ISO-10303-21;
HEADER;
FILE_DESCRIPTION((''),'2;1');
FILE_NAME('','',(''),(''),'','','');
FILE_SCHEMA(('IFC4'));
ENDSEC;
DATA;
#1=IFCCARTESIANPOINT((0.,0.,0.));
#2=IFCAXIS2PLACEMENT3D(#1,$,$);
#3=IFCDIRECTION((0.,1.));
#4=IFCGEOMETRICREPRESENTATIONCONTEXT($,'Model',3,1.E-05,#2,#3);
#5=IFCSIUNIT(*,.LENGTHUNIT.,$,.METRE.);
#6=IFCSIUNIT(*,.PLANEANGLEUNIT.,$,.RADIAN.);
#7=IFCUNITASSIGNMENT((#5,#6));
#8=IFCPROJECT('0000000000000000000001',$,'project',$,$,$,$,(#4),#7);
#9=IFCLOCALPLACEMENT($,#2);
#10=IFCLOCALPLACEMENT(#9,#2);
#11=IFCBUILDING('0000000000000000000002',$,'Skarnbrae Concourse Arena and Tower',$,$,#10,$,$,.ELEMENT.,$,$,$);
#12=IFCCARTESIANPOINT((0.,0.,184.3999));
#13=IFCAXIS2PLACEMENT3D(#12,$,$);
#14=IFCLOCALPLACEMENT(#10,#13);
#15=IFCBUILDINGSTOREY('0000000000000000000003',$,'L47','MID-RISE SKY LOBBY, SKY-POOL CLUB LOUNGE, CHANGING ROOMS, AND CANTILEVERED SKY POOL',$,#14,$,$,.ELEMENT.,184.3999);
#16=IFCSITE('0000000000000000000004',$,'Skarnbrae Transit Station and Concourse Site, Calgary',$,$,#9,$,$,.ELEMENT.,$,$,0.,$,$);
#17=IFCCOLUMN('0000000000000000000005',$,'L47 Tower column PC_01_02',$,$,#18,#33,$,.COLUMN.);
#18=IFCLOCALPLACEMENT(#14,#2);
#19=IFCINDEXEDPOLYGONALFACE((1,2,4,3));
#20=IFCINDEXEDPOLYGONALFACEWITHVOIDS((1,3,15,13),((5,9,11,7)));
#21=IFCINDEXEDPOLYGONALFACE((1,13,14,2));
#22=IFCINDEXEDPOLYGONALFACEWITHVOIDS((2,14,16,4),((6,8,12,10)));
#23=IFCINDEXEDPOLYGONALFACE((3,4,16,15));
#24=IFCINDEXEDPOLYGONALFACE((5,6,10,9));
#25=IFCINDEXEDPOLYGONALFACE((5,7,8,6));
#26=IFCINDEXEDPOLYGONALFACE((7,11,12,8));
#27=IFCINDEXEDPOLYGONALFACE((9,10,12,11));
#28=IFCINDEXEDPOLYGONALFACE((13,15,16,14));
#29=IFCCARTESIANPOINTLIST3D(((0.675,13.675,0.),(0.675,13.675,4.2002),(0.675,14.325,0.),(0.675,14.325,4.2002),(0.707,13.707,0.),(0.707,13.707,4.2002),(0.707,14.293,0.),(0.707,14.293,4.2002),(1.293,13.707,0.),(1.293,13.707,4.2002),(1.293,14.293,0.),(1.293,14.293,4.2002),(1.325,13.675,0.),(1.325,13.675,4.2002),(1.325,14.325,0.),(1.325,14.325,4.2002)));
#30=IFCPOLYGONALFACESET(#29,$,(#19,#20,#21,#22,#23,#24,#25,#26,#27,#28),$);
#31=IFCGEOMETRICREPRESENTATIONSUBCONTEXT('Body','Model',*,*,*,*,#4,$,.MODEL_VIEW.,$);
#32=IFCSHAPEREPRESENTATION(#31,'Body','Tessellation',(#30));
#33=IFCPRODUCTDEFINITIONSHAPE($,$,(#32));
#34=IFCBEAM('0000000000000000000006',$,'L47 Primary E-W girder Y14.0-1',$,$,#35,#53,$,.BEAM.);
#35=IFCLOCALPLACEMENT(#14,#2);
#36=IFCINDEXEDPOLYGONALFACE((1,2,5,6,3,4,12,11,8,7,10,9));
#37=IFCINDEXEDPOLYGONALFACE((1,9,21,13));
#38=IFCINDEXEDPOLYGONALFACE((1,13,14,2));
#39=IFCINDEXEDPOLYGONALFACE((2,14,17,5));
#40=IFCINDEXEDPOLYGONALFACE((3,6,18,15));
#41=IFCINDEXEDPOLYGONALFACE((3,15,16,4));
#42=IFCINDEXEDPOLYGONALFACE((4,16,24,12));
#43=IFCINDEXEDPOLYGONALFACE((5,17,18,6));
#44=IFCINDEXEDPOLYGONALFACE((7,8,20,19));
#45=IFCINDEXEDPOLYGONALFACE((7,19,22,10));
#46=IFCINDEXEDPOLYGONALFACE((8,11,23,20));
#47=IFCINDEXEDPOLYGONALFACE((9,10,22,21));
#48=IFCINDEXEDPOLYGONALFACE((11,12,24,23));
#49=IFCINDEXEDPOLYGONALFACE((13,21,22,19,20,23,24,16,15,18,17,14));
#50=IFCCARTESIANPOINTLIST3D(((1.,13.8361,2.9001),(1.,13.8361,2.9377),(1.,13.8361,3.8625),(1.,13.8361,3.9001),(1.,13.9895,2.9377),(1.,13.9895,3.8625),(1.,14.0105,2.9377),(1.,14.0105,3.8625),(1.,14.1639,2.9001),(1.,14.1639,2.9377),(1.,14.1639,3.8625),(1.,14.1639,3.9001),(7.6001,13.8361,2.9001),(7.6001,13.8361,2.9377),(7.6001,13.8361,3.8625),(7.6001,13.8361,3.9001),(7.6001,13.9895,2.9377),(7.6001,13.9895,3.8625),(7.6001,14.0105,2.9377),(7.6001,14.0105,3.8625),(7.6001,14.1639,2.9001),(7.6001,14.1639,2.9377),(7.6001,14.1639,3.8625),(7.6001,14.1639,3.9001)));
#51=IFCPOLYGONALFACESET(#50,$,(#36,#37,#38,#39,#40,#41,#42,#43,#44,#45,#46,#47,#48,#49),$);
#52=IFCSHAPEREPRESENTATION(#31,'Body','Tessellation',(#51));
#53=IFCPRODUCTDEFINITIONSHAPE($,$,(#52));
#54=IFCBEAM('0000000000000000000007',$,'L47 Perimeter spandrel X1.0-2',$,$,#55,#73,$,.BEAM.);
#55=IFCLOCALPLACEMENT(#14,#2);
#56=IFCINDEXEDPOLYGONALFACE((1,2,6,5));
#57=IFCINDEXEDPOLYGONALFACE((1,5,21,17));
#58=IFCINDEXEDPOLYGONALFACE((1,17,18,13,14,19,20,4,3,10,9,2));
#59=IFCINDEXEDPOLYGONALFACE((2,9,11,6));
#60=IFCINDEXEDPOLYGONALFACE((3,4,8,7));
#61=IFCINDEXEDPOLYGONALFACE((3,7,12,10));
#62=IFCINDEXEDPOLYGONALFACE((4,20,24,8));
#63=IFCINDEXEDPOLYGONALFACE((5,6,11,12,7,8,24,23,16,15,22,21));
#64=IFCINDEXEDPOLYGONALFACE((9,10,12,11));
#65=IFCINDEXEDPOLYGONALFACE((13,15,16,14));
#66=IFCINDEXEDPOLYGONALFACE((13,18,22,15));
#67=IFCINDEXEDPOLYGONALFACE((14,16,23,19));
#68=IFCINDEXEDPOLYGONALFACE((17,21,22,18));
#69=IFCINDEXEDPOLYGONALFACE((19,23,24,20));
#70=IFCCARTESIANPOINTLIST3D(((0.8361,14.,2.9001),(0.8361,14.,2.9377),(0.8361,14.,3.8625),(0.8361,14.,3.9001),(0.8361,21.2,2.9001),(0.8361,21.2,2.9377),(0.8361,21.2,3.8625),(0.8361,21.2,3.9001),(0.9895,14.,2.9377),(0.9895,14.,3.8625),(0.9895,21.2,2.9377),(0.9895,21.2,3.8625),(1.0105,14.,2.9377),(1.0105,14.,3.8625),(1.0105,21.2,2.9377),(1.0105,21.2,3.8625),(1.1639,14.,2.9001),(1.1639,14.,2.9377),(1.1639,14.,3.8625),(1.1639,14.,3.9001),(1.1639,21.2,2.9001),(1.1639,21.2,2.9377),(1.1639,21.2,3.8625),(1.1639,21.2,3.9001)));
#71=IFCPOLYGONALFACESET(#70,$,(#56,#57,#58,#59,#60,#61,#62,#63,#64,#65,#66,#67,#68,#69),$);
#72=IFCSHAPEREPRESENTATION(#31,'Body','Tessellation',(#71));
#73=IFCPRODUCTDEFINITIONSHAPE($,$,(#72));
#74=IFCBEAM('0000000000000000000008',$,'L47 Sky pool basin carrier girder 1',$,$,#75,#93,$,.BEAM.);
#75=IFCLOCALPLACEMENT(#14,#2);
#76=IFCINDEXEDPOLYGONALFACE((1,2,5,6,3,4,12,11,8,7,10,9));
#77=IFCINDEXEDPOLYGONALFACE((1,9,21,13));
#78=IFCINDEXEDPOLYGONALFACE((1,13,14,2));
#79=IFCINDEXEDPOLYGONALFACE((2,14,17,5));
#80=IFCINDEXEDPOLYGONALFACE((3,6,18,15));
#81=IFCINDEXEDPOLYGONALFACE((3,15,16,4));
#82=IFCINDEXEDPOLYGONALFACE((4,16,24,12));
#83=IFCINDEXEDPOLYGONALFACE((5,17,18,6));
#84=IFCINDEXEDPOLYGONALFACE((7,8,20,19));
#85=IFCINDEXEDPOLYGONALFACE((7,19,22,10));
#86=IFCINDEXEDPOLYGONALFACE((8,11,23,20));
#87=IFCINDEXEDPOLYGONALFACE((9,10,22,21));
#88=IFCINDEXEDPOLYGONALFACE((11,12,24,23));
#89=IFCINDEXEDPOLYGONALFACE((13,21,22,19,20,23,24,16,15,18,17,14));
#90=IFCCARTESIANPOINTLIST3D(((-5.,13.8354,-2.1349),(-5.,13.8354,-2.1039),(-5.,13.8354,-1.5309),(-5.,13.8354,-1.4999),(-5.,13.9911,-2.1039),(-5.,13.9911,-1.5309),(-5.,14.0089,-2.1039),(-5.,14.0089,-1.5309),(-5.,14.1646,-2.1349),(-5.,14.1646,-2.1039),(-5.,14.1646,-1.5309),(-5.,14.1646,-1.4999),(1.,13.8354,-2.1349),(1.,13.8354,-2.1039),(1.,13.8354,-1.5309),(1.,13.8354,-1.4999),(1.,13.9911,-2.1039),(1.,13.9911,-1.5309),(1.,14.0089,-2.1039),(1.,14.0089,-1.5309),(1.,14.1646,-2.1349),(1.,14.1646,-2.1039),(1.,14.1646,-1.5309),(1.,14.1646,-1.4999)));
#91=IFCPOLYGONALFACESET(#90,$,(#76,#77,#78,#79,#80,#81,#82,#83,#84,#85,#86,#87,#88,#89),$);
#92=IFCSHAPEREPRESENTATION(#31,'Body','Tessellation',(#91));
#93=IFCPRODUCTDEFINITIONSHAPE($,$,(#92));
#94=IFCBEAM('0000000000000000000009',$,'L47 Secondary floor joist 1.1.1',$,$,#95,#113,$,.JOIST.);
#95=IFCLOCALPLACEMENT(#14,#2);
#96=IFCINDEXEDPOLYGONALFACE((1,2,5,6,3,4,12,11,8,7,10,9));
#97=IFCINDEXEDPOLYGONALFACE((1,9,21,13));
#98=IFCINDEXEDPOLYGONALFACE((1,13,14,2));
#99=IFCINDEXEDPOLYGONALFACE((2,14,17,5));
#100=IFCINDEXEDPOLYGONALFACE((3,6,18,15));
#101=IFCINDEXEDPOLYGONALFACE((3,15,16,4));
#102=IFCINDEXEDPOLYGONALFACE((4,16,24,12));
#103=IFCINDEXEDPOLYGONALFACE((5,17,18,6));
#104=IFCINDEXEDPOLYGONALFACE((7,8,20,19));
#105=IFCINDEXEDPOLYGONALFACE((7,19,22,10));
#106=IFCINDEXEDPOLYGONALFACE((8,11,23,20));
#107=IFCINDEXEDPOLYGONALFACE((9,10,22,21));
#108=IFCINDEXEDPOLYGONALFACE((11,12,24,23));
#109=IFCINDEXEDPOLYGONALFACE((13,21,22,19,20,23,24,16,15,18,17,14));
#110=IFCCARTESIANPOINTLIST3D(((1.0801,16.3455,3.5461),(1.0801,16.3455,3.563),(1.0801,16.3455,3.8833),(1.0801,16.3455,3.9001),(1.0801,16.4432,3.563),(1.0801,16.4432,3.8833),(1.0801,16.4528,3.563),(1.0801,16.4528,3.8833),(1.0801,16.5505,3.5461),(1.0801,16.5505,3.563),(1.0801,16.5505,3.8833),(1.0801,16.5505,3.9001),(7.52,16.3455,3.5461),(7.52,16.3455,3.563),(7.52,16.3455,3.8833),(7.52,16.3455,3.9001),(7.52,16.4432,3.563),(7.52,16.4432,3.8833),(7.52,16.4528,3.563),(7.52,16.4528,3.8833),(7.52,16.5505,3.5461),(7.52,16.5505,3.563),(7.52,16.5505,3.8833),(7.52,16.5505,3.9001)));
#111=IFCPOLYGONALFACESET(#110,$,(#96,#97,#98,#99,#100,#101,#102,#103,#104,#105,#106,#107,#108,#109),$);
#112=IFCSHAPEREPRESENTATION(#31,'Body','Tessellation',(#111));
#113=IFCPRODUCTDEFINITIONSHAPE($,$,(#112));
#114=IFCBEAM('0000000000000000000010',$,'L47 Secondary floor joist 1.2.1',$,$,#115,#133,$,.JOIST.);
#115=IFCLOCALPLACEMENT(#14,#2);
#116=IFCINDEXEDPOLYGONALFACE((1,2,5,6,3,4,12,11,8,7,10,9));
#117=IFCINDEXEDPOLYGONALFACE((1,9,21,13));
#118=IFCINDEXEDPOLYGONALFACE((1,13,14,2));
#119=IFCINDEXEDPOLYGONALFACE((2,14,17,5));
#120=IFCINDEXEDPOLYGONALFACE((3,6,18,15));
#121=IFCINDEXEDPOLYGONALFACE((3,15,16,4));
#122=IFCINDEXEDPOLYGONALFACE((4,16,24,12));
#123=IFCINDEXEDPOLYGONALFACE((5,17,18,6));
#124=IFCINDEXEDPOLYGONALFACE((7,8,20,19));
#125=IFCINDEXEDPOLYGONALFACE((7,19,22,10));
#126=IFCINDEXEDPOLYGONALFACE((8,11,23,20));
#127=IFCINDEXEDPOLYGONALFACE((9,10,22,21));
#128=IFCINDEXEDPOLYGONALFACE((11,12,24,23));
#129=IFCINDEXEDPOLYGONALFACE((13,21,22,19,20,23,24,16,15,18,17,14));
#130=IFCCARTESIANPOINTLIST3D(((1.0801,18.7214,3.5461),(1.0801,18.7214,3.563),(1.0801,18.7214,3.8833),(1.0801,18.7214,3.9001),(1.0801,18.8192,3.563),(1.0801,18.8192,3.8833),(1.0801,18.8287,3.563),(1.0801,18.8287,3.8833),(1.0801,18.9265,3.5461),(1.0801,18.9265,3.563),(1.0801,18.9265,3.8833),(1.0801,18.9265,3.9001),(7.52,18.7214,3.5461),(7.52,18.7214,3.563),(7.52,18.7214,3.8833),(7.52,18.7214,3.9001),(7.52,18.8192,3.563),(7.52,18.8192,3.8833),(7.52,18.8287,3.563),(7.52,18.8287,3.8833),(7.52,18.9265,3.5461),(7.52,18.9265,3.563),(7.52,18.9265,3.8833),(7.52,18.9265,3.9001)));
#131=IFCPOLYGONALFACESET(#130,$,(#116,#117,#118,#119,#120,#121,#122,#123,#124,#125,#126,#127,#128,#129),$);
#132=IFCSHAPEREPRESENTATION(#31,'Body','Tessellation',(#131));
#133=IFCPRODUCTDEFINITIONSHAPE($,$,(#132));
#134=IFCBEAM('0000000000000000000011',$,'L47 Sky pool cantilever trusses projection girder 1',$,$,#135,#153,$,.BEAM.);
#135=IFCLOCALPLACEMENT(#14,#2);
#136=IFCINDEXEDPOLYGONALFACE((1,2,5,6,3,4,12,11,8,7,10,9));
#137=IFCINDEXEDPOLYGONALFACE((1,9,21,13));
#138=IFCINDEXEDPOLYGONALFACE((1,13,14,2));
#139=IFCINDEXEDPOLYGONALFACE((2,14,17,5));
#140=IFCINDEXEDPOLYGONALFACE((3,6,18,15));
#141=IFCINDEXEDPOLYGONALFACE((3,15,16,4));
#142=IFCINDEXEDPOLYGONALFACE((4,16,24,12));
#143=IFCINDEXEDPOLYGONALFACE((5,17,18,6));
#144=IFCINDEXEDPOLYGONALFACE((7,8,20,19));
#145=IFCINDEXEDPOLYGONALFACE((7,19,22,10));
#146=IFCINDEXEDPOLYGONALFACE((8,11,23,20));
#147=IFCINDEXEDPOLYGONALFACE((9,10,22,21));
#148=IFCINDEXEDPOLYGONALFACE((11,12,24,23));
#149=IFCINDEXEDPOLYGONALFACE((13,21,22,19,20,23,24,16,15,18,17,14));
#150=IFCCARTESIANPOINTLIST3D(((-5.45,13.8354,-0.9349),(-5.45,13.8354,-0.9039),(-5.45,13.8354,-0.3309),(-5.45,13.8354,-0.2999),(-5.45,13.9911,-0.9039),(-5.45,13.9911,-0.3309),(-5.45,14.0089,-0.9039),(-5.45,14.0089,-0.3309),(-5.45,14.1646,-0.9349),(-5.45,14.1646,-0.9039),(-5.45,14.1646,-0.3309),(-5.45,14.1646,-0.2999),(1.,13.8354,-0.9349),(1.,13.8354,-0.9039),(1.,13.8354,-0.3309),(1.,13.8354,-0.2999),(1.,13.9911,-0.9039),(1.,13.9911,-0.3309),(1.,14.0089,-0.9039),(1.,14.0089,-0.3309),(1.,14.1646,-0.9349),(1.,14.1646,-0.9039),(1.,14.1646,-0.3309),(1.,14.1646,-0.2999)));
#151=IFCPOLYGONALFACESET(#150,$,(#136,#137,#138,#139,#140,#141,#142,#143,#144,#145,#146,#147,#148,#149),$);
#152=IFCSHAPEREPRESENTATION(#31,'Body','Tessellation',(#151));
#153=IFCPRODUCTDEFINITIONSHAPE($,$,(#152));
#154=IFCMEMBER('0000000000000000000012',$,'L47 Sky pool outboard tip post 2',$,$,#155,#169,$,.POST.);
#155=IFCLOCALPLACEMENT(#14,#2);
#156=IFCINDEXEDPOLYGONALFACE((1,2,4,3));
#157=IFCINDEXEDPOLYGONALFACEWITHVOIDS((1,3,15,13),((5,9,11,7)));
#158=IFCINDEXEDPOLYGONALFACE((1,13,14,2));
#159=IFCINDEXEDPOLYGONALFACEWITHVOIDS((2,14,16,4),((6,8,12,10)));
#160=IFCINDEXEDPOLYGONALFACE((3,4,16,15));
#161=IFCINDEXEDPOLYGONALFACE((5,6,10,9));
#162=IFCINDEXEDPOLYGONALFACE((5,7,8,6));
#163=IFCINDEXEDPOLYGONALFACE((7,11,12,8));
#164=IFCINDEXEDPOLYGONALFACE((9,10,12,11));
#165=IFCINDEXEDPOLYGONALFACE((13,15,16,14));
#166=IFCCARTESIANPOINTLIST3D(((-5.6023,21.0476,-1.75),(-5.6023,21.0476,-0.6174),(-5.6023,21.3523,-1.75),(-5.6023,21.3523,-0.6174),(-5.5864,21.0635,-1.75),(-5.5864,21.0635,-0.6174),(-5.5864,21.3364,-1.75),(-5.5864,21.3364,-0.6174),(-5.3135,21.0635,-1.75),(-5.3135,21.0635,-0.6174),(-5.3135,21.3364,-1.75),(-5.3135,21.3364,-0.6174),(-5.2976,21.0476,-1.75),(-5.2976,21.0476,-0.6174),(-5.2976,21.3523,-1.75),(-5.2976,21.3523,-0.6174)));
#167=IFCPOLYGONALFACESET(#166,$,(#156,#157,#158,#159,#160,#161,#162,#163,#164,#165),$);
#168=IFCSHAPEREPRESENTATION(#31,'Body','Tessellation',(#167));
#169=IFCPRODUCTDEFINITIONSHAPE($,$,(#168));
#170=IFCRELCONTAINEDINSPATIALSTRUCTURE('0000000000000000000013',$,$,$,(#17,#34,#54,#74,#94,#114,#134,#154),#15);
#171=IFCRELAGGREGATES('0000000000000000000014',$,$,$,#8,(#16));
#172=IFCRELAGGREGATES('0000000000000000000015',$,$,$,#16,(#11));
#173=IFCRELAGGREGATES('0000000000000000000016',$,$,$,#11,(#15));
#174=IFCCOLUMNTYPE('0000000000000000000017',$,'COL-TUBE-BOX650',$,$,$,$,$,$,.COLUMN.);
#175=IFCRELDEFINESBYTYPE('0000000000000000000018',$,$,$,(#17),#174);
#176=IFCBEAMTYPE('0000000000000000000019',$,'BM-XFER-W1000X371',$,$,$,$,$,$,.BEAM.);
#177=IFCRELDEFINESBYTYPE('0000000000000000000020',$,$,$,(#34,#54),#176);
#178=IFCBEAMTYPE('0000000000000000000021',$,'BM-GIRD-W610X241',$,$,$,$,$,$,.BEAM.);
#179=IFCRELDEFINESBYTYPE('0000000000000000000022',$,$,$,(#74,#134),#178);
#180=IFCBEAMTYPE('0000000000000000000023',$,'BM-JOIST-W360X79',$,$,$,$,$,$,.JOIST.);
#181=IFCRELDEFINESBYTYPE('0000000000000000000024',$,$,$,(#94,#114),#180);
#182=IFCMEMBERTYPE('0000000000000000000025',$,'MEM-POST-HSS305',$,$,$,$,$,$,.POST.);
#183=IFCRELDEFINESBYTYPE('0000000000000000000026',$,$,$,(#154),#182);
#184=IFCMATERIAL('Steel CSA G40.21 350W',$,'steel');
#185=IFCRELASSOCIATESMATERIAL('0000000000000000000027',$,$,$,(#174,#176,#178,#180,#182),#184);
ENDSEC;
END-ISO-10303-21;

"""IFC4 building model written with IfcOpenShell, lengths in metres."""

from ifc_helpers import new_model, si_unit, direction, frame, origin, origin_2d, place, context, subcontext, project, spatial, hollow_rectangle, i_section, extrude, source, transform, mapped, material, material_profile, profile_set, type_object, element, save


model = new_model("IFC4")

# Units and contexts
model_context = context("Model", 3, precision=1e-05, world=origin(), true_north=direction((0.0, 1.0)))
body_context = subcontext(model_context, "Body", "Model", "MODEL_VIEW")
ifc_project = project(units=[si_unit("LENGTHUNIT", "METRE"), si_unit("PLANEANGLEUNIT", "RADIAN")], contexts=[model_context])

# Site, building, storey
site_placement = place(None, origin())
site = spatial("IfcSite", under=ifc_project, at=site_placement, Name="Skarnbrae Transit Station and Concourse Site, Calgary", CompositionType="ELEMENT", RefElevation=0.0)
building_placement = place(site_placement, origin())
building = spatial("IfcBuilding", under=site, at=building_placement, Name="Skarnbrae Concourse Arena and Tower", CompositionType="ELEMENT")
storey_placement = place(building_placement, frame((0.0, 0.0, 184.3999)))
storey = spatial("IfcBuildingStorey", under=building, at=storey_placement, Name="L47", Description="MID-RISE SKY LOBBY, SKY-POOL CLUB LOUNGE, CHANGING ROOMS, AND CANTILEVERED SKY POOL", CompositionType="ELEMENT", Elevation=184.3999)

# Column
ifc_material_1 = material(Name="Steel CSA G40.21 350W", Category="steel")
ifc_material_profile_1 = material_profile(ifc_material_1, hollow_rectangle(XDim=0.6499, YDim=0.6499, WallThickness=0.032, at=origin_2d()), Name="BOX650X650X32")
ifc_profile_set_1 = profile_set([ifc_material_profile_1], Name="Steel CSA G40.21 350W")
column_type = type_object("IfcColumnType", Name="COL-TUBE-BOX650", PredefinedType="COLUMN", material=ifc_profile_set_1)
shared_shape_1 = source(origin(), body_context, "Body", "SweptSolid", [
    extrude(hollow_rectangle(XDim=0.6499, YDim=0.6499, WallThickness=0.032, at=origin_2d()), origin(), (0.0, 0.0, 1.0), 4.2002),
])
column_placement = place(storey_placement, frame((1.0, 14.0, 0.0), z_axis=(0.0, 0.0, 1.0), x_axis=(1.0, 0.0, 0.0)))
element("IfcColumn", 1, at=column_placement, inside=storey, type_object=column_type, Name="L47 Tower column PC_01_02", PredefinedType="COLUMN", context=body_context, shape_type="MappedRepresentation", body=[
    mapped(shared_shape_1, transform((0.0, 0.0, 0.0))),
])

# Beams
ifc_material_profile_2 = material_profile(ifc_material_1, i_section(OverallWidth=0.3279, OverallDepth=1.0, WebThickness=0.021, FlangeThickness=0.0376, at=origin_2d()), Name="W1000X371")
ifc_profile_set_2 = profile_set([ifc_material_profile_2], Name="Steel CSA G40.21 350W")
beam_type_1 = type_object("IfcBeamType", Name="BM-XFER-W1000X371", PredefinedType="BEAM", material=ifc_profile_set_2)
shared_shape_2 = source(origin(), body_context, "Body", "SweptSolid", [
    extrude(i_section(OverallWidth=0.3279, OverallDepth=1.0, WebThickness=0.021, FlangeThickness=0.0376, at=origin_2d()), origin(), (0.0, 0.0, 1.0), 6.6001),
])
beam_1_placement = place(storey_placement, frame((1.0, 14.0, 3.4001), z_axis=(1.0, 0.0, 0.0), x_axis=(0.0, 1.0, 0.0)))
element("IfcBeam", 2, at=beam_1_placement, inside=storey, type_object=beam_type_1, Name="L47 Primary E-W girder Y14.0-1", PredefinedType="BEAM", context=body_context, shape_type="MappedRepresentation", body=[
    mapped(shared_shape_2, transform((0.0, 0.0, 0.0))),
])
shared_shape_3 = source(origin(), body_context, "Body", "SweptSolid", [
    extrude(i_section(OverallWidth=0.3279, OverallDepth=1.0, WebThickness=0.021, FlangeThickness=0.0376, at=origin_2d()), origin(), (0.0, 0.0, 1.0), 7.2),
])
beam_2_placement = place(storey_placement, frame((1.0, 14.0, 3.4001), z_axis=(0.0, 1.0, 0.0), x_axis=(-1.0, 0.0, 0.0)))
element("IfcBeam", 3, at=beam_2_placement, inside=storey, type_object=beam_type_1, Name="L47 Perimeter spandrel X1.0-2", PredefinedType="BEAM", context=body_context, shape_type="MappedRepresentation", body=[
    mapped(shared_shape_3, transform((0.0, 0.0, 0.0))),
])
ifc_material_profile_3 = material_profile(ifc_material_1, i_section(OverallWidth=0.3291, OverallDepth=0.635, WebThickness=0.0178, FlangeThickness=0.031, at=origin_2d()), Name="W610X241")
ifc_profile_set_3 = profile_set([ifc_material_profile_3], Name="Steel CSA G40.21 350W")
beam_type_2 = type_object("IfcBeamType", Name="BM-GIRD-W610X241", PredefinedType="BEAM", material=ifc_profile_set_3)
shared_shape_4 = source(origin(), body_context, "Body", "SweptSolid", [
    extrude(i_section(OverallWidth=0.3291, OverallDepth=0.635, WebThickness=0.0178, FlangeThickness=0.031, at=origin_2d()), origin(), (0.0, 0.0, 1.0), 6.0),
])
beam_3_placement = place(storey_placement, frame((1.0, 14.0, -1.8174), z_axis=(-1.0, 0.0, 0.0), x_axis=(0.0, -1.0, 0.0)))
element("IfcBeam", 4, at=beam_3_placement, inside=storey, type_object=beam_type_2, Name="L47 Sky pool basin carrier girder 1", PredefinedType="BEAM", context=body_context, shape_type="MappedRepresentation", body=[
    mapped(shared_shape_4, transform((0.0, 0.0, 0.0))),
])
ifc_material_profile_4 = material_profile(ifc_material_1, i_section(OverallWidth=0.2051, OverallDepth=0.354, WebThickness=0.0095, FlangeThickness=0.0168, at=origin_2d()), Name="W360X79")
ifc_profile_set_4 = profile_set([ifc_material_profile_4], Name="Steel CSA G40.21 350W")
beam_type_3 = type_object("IfcBeamType", Name="BM-JOIST-W360X79", PredefinedType="JOIST", material=ifc_profile_set_4)
shared_shape_5 = source(origin(), body_context, "Body", "SweptSolid", [
    extrude(i_section(OverallWidth=0.2051, OverallDepth=0.354, WebThickness=0.0095, FlangeThickness=0.0168, at=origin_2d()), origin(), (0.0, 0.0, 1.0), 6.4399),
])
for number, where, z_axis, x_axis, name in (
    (5, (1.0801, 16.448, 3.7231), (1.0, 0.0, 0.0), (0.0, 1.0, 0.0), "L47 Secondary floor joist 1.1.1"),
    (6, (1.0801, 18.824, 3.7231), (1.0, 0.0, 0.0), (0.0, 1.0, 0.0), "L47 Secondary floor joist 1.2.1"),
):
    element("IfcBeam", number, at=place(storey_placement, frame(where, z_axis=z_axis, x_axis=x_axis)), inside=storey, type_object=beam_type_3, Name=name, PredefinedType="JOIST", context=body_context, shape_type="MappedRepresentation", body=[
        mapped(shared_shape_5, transform((0.0, 0.0, 0.0))),
    ])
shared_shape_6 = source(origin(), body_context, "Body", "SweptSolid", [
    extrude(i_section(OverallWidth=0.3291, OverallDepth=0.635, WebThickness=0.0178, FlangeThickness=0.031, at=origin_2d()), origin(), (0.0, 0.0, 1.0), 6.45),
])
beam_4_placement = place(storey_placement, frame((1.0, 14.0, -0.6174), z_axis=(-1.0, 0.0, 0.0), x_axis=(0.0, -1.0, 0.0)))
element("IfcBeam", 7, at=beam_4_placement, inside=storey, type_object=beam_type_2, Name="L47 Sky pool cantilever trusses projection girder 1", PredefinedType="BEAM", context=body_context, shape_type="MappedRepresentation", body=[
    mapped(shared_shape_6, transform((0.0, 0.0, 0.0))),
])

# Member
ifc_material_profile_5 = material_profile(ifc_material_1, hollow_rectangle(XDim=0.3047, YDim=0.3047, WallThickness=0.0159, at=origin_2d()), Name="HSS305X305X15.9")
ifc_profile_set_5 = profile_set([ifc_material_profile_5], Name="Steel CSA G40.21 350W")
member_type = type_object("IfcMemberType", Name="MEM-POST-HSS305", PredefinedType="POST", material=ifc_profile_set_5)
shared_shape_7 = source(origin(), body_context, "Body", "SweptSolid", [
    extrude(hollow_rectangle(XDim=0.3047, YDim=0.3047, WallThickness=0.0159, at=origin_2d()), origin(), (0.0, 0.0, 1.0), 1.1326),
])
member_placement = place(storey_placement, frame((-5.45, 21.2, -1.75), z_axis=(0.0, 0.0, 1.0), x_axis=(1.0, 0.0, 0.0)))
element("IfcMember", 8, at=member_placement, inside=storey, type_object=member_type, Name="L47 Sky pool outboard tip post 2", PredefinedType="POST", context=body_context, shape_type="MappedRepresentation", body=[
    mapped(shared_shape_7, transform((0.0, 0.0, 0.0))),
])

save(model, "model.ifc")
